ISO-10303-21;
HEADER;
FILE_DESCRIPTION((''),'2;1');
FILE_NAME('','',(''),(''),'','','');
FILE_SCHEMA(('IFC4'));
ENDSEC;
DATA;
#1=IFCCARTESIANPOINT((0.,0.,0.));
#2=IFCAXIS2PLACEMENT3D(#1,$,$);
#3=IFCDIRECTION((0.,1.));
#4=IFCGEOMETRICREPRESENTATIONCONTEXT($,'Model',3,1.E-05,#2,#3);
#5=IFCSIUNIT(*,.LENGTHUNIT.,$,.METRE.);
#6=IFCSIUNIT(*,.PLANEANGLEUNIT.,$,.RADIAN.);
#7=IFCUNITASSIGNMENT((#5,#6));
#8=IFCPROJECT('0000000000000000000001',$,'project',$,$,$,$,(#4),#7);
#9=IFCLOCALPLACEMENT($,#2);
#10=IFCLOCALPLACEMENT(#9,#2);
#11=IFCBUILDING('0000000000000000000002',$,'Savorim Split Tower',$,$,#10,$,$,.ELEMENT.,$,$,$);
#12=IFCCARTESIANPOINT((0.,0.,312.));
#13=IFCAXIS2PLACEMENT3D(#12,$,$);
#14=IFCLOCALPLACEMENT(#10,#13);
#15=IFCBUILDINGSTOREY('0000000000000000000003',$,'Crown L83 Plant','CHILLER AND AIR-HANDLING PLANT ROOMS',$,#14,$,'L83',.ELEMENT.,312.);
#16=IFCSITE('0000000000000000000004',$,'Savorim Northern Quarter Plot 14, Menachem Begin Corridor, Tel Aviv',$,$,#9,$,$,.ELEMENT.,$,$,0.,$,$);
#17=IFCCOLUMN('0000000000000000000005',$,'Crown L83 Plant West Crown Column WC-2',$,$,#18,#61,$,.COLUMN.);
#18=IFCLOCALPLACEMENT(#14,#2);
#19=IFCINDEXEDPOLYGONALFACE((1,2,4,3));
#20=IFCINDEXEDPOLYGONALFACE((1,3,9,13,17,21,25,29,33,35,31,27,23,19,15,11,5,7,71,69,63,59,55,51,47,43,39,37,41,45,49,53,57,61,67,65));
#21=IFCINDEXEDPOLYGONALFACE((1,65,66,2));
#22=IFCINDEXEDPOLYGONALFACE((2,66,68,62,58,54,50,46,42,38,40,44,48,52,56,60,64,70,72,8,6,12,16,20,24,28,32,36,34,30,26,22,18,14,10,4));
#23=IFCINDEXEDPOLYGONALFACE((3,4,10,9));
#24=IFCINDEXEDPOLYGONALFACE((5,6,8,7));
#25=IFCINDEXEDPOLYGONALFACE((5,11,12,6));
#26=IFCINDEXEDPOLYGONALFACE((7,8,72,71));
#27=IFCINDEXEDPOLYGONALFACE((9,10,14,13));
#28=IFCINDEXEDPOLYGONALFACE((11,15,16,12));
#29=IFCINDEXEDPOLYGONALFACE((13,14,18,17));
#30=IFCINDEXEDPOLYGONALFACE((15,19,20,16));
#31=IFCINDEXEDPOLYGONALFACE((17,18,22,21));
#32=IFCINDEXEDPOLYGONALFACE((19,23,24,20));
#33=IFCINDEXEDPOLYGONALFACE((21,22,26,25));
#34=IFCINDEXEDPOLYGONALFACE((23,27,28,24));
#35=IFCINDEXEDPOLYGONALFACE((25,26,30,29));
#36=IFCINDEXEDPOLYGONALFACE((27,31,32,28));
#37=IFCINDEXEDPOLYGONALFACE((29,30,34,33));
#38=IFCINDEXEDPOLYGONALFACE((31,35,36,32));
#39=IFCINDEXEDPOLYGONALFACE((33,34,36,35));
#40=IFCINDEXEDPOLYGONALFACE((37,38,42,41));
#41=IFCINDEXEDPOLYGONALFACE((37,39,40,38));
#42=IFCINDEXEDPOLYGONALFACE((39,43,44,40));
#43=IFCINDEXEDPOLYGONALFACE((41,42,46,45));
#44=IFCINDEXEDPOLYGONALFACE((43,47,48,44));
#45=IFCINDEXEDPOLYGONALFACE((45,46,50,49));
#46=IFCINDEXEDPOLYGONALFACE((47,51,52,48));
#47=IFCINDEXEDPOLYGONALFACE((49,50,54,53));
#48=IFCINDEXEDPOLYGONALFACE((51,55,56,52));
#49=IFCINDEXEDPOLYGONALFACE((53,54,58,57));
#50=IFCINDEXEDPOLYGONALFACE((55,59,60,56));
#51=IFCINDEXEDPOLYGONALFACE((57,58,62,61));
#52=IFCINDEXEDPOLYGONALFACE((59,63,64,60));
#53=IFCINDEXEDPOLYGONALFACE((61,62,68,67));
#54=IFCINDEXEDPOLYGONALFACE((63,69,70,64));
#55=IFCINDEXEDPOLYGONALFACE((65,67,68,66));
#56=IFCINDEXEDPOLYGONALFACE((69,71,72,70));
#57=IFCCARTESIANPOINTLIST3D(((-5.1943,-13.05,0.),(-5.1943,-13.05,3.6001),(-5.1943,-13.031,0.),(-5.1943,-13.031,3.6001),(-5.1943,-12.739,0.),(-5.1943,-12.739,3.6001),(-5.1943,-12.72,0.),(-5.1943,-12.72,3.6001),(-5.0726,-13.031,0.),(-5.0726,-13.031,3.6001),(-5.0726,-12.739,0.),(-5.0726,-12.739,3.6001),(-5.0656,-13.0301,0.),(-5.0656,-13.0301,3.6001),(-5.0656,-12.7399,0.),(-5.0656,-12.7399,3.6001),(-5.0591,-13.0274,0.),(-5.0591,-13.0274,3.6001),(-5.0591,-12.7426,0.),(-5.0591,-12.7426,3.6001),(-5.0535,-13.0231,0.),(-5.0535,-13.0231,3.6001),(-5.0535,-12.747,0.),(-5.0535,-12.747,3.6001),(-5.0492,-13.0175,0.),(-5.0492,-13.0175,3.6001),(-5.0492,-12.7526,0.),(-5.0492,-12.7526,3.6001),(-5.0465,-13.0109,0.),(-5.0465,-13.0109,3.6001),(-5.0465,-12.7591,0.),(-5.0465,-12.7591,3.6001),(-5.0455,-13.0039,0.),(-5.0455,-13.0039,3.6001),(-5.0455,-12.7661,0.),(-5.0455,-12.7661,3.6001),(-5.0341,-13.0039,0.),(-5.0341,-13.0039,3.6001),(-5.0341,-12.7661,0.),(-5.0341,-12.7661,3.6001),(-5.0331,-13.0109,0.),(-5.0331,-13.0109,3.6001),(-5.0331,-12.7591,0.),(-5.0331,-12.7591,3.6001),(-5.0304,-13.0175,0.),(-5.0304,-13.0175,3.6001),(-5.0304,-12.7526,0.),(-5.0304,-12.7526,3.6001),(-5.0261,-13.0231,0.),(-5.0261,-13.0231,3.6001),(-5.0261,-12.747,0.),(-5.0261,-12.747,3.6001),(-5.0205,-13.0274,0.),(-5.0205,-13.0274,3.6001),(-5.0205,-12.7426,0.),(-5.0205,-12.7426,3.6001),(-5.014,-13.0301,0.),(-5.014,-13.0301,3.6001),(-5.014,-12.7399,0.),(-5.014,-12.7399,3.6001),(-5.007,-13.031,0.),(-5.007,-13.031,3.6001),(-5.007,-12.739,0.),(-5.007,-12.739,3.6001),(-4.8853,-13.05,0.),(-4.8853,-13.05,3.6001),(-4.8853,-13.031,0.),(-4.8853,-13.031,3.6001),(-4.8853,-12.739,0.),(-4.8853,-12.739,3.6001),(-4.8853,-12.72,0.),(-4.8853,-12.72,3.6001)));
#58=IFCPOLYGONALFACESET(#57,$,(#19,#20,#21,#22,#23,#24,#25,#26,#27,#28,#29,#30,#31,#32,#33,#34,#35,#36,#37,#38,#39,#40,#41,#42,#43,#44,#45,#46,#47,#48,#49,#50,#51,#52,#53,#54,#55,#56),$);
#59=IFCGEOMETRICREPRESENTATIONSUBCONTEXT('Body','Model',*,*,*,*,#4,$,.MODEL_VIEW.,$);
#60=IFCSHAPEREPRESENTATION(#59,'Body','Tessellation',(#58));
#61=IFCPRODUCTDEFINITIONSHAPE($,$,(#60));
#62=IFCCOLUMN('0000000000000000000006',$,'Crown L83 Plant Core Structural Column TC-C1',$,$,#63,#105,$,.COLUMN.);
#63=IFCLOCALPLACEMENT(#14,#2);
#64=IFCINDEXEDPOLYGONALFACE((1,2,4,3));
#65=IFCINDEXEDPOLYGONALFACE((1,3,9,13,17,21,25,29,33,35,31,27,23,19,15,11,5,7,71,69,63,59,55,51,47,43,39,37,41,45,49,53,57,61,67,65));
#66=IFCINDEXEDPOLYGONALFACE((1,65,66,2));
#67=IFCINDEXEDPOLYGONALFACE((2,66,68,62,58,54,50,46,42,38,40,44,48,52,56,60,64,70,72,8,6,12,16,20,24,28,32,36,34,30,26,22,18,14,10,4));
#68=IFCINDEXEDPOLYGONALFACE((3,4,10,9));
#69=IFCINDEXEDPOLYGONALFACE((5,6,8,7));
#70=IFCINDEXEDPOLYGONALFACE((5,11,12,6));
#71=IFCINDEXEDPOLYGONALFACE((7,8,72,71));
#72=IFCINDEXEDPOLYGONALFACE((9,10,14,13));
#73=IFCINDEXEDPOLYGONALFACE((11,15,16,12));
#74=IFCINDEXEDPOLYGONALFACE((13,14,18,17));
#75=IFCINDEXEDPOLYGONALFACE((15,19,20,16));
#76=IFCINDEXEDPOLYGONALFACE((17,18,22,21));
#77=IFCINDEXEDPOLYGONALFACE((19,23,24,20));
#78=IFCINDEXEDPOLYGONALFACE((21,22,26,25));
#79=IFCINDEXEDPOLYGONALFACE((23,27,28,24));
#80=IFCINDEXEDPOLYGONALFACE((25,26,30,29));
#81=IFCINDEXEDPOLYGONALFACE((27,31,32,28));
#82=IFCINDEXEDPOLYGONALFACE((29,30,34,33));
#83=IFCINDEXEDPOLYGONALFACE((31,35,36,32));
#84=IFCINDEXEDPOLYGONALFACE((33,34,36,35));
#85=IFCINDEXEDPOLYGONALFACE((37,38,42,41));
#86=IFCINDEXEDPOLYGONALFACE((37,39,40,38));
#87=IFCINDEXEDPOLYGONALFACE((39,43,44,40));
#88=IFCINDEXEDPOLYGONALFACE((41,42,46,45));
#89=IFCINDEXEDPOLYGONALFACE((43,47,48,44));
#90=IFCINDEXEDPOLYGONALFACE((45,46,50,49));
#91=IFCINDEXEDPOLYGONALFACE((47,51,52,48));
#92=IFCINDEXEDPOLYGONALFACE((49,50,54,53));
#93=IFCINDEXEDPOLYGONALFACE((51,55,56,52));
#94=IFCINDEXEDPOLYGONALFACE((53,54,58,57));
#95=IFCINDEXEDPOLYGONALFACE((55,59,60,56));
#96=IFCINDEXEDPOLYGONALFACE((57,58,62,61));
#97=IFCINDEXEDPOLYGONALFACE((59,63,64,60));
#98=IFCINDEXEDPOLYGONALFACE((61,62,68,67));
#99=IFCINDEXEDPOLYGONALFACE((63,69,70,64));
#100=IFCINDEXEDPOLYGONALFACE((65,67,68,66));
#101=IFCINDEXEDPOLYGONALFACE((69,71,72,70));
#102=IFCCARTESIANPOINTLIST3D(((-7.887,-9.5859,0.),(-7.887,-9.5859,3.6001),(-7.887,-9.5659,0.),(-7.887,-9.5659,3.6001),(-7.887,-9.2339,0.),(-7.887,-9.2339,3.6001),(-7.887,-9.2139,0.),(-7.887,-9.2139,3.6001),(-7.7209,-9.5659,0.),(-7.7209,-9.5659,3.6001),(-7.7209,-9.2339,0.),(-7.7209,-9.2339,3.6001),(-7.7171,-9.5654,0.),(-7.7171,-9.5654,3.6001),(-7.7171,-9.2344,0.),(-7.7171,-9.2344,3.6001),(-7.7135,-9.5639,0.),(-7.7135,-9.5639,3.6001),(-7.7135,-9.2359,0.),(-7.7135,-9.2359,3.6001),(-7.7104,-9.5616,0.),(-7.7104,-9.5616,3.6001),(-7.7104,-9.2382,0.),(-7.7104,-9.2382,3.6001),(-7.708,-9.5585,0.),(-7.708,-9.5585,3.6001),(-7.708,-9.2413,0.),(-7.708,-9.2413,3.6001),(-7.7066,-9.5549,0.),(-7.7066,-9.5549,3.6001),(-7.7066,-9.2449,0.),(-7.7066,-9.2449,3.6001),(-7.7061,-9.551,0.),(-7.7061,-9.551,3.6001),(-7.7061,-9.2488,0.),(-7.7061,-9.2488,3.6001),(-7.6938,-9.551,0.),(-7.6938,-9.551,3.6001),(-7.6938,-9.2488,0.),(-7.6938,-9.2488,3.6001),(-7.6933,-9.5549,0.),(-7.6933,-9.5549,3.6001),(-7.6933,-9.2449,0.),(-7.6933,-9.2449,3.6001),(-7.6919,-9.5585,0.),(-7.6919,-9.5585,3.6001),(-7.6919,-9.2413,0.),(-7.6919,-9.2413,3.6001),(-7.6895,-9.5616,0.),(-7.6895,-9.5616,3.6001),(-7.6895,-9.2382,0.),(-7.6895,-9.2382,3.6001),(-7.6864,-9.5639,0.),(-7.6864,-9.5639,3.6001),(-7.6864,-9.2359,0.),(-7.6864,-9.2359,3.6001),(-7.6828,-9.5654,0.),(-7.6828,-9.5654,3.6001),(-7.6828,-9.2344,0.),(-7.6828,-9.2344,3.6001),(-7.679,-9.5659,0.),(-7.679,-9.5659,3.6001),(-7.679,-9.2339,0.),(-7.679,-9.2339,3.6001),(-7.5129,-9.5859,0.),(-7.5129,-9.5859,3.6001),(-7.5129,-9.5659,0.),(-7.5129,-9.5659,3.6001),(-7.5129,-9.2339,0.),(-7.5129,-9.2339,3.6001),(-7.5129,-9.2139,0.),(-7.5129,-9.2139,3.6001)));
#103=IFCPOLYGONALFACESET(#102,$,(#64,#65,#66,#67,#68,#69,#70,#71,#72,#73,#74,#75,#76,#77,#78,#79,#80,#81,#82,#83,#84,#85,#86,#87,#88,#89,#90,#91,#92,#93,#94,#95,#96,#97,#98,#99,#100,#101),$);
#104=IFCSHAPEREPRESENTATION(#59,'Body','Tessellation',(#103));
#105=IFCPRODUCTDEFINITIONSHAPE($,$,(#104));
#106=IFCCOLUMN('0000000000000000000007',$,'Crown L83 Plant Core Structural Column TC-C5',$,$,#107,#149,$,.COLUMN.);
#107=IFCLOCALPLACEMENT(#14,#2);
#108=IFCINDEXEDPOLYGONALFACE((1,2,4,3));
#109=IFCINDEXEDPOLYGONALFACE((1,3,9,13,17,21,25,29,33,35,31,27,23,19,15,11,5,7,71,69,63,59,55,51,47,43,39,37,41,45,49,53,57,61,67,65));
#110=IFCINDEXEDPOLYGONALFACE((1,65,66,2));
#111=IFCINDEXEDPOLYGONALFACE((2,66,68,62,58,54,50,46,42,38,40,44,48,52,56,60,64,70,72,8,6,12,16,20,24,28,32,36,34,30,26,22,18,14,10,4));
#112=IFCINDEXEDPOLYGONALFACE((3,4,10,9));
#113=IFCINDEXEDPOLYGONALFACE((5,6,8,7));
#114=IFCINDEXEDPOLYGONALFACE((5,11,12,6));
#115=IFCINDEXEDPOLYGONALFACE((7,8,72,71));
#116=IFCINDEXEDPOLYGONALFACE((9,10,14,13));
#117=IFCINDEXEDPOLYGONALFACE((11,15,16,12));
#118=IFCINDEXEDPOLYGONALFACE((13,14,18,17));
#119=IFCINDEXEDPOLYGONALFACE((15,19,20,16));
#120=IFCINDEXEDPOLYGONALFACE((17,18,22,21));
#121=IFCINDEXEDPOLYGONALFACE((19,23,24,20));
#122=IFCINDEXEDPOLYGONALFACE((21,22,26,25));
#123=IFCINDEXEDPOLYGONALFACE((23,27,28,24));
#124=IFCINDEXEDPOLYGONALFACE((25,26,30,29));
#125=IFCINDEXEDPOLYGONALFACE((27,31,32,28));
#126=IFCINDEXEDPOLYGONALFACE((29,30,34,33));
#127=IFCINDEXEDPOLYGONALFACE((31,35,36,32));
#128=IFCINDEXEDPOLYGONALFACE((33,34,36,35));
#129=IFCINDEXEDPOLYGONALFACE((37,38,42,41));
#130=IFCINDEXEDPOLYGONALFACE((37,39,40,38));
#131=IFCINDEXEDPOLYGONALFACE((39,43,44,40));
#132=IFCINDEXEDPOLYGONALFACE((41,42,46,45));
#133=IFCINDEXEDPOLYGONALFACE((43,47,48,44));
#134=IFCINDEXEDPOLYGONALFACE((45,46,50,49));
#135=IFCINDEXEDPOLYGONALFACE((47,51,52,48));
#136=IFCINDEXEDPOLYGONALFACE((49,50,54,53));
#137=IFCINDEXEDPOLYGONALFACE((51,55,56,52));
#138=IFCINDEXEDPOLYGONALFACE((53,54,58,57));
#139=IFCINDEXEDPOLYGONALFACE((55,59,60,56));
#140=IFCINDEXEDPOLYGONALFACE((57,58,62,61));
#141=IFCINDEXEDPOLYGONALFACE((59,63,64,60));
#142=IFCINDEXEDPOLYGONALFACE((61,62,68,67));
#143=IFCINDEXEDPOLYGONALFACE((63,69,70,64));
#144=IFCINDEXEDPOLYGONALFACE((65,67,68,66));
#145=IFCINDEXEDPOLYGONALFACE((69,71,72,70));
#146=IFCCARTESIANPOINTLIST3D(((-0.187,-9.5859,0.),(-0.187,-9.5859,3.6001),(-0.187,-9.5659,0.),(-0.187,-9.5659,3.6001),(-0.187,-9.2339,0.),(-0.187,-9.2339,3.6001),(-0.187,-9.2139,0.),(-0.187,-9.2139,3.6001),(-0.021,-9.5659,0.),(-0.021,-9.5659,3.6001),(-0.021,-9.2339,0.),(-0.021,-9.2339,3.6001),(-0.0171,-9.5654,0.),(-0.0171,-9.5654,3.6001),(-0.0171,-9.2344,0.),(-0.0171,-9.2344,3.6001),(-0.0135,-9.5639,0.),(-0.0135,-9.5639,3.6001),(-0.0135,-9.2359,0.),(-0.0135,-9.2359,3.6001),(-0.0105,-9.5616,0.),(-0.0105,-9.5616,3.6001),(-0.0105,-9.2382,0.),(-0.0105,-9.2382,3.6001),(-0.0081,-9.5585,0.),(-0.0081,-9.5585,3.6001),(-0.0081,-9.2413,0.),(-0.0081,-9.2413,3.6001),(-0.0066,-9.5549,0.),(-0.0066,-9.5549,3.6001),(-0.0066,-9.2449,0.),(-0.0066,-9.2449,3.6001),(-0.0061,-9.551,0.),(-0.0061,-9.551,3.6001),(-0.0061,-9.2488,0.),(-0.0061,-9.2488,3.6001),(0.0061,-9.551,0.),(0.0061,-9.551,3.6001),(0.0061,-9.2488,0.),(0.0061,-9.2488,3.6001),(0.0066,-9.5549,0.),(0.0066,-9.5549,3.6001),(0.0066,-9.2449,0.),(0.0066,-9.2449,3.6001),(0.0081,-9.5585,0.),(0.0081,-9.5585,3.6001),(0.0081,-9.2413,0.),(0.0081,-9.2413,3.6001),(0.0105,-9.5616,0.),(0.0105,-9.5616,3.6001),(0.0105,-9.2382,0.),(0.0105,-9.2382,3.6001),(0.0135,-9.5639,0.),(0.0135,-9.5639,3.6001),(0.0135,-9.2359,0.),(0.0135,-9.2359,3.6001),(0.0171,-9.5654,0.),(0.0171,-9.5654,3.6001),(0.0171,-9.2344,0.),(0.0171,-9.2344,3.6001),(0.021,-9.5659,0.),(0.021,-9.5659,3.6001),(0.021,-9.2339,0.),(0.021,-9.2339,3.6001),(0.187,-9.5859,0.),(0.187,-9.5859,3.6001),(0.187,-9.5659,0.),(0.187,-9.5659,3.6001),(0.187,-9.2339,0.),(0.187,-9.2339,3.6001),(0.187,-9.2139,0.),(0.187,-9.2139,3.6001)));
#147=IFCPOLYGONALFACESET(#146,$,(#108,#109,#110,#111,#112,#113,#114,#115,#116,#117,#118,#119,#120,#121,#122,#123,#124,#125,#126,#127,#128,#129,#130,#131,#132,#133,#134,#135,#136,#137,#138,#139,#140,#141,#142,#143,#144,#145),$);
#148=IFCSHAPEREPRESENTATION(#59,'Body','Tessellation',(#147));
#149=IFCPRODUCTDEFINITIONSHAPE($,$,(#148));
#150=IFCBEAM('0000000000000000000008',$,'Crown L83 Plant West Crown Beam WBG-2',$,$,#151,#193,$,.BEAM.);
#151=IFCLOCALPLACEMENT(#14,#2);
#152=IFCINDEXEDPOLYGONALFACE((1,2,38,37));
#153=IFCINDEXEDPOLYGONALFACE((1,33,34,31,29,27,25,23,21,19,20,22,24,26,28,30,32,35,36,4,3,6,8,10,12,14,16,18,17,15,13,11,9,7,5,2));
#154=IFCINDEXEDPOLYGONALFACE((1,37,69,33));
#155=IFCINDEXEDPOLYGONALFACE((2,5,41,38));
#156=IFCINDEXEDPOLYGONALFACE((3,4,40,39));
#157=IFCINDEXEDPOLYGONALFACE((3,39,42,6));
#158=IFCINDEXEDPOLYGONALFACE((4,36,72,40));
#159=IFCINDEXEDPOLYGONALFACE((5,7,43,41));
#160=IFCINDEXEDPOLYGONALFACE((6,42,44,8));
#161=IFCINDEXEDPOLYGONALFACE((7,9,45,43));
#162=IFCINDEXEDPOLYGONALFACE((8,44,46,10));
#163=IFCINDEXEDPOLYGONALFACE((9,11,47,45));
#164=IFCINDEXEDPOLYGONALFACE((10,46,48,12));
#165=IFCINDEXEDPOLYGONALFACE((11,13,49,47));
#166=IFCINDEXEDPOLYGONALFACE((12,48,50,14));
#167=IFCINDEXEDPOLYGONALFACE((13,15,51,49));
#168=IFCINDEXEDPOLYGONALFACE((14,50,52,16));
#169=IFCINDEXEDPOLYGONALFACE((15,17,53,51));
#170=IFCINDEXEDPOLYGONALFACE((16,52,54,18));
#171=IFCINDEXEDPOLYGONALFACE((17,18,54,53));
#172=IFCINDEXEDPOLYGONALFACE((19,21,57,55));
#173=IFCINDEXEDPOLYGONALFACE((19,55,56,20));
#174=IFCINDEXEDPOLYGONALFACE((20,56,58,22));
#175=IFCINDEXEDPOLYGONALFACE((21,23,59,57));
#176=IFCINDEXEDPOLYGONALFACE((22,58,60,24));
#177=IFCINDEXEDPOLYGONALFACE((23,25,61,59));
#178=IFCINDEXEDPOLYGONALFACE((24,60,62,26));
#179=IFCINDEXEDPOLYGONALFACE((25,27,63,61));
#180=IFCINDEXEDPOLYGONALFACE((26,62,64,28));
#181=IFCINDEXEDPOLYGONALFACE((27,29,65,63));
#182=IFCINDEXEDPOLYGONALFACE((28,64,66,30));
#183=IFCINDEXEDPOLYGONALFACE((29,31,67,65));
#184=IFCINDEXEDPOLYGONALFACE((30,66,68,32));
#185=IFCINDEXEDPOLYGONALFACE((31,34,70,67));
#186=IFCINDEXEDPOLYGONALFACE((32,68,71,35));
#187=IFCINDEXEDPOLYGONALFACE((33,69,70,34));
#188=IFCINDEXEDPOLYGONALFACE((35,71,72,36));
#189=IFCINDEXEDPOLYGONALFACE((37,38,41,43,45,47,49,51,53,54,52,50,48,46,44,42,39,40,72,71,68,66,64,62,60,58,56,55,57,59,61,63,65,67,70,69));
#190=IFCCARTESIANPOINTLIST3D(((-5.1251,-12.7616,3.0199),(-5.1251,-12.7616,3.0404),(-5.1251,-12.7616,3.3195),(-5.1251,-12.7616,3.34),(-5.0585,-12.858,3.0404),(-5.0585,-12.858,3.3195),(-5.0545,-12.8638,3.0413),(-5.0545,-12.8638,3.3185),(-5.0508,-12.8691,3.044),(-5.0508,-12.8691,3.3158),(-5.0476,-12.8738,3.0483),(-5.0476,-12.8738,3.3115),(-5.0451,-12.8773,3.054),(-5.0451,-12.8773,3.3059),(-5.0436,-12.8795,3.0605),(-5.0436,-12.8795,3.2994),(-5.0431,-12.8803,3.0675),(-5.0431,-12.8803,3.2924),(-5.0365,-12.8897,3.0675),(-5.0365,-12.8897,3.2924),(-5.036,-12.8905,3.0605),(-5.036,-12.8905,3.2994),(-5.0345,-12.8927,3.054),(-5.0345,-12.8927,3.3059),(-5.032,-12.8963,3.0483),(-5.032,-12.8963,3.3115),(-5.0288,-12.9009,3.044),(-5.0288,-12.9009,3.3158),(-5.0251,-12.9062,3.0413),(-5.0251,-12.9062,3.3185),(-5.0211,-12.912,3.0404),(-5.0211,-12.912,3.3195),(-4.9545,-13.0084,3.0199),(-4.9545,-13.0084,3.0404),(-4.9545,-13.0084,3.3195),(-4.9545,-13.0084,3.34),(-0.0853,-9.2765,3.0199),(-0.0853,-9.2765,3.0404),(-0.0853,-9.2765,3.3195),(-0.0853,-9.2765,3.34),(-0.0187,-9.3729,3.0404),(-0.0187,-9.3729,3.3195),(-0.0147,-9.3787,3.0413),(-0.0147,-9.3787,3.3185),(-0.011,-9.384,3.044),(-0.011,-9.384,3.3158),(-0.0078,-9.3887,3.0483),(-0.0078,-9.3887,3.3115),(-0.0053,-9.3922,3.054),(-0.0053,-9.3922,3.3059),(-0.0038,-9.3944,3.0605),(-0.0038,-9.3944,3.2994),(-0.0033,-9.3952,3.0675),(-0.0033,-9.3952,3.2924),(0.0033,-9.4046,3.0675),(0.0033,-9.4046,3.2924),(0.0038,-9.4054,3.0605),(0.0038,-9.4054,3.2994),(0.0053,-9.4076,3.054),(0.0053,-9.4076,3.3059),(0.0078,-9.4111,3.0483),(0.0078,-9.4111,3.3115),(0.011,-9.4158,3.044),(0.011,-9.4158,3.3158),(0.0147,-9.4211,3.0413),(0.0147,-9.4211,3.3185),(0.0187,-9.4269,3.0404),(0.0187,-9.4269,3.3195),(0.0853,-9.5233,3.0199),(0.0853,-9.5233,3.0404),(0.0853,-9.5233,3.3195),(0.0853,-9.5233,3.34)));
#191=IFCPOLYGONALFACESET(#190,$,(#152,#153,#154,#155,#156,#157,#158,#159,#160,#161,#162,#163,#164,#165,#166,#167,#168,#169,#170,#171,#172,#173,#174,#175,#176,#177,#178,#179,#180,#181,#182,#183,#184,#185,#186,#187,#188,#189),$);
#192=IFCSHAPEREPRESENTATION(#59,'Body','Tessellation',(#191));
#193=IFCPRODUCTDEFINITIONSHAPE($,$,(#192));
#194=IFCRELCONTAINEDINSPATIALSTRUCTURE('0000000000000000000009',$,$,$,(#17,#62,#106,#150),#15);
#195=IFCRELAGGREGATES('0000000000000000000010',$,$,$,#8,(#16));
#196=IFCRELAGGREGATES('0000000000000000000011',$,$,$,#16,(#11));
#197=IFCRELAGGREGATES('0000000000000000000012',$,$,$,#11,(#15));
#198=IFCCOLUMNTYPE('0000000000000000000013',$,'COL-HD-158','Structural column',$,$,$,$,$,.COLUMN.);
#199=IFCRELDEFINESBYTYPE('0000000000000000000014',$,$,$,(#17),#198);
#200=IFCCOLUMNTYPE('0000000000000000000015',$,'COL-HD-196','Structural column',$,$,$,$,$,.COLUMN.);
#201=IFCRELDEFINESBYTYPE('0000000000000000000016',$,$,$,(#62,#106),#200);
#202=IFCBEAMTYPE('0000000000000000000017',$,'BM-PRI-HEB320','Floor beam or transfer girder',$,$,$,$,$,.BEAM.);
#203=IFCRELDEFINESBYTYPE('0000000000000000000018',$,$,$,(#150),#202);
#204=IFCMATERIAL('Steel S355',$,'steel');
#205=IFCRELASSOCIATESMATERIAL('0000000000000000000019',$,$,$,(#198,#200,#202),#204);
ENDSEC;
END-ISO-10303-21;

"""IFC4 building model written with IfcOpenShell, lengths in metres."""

from ifc_helpers import new_model, si_unit, direction, frame, origin, origin_2d, place, context, subcontext, project, spatial, i_section, extrude, material, material_profile, profile_set, type_object, element, save


model = new_model("IFC4")

# Units and contexts
model_context = context("Model", 3, precision=1e-05, world=origin(), true_north=direction((0.0, 1.0)))
body_context = subcontext(model_context, "Body", "Model", "MODEL_VIEW")
ifc_project = project(units=[si_unit("LENGTHUNIT", "METRE"), si_unit("PLANEANGLEUNIT", "RADIAN")], contexts=[model_context])

# Site, building, storey
site_placement = place(None, origin())
site = spatial("IfcSite", under=ifc_project, at=site_placement, Name="Savorim Northern Quarter Plot 14, Menachem Begin Corridor, Tel Aviv", CompositionType="ELEMENT", RefElevation=0.0)
building_placement = place(site_placement, origin())
building = spatial("IfcBuilding", under=site, at=building_placement, Name="Savorim Split Tower", CompositionType="ELEMENT")
storey_placement = place(building_placement, frame((0.0, 0.0, 312.0)))
storey = spatial("IfcBuildingStorey", under=building, at=storey_placement, Name="Crown L83 Plant", Description="CHILLER AND AIR-HANDLING PLANT ROOMS", LongName="L83", CompositionType="ELEMENT", Elevation=312.0)

# Columns
ifc_material_1 = material(Name="Steel S355", Category="steel")
ifc_material_profile_1 = material_profile(ifc_material_1, i_section(OverallWidth=0.3091, OverallDepth=0.3301, WebThickness=0.0115, FlangeThickness=0.019, FilletRadius=0.0271, at=origin_2d()), Name="HD 320x158")
ifc_profile_set_1 = profile_set([ifc_material_profile_1], Name="Steel S355")
column_type_1 = type_object("IfcColumnType", Name="COL-HD-158", Description="Structural column", PredefinedType="COLUMN", material=ifc_profile_set_1)
column_placement = place(storey_placement, frame((-5.0398, -12.885, 0.0), z_axis=(0.0, 0.0, 1.0), x_axis=(1.0, 0.0, 0.0)))
element("IfcColumn", 1, at=column_placement, inside=storey, type_object=column_type_1, Name="Crown L83 Plant West Crown Column WC-2", PredefinedType="COLUMN", context=body_context, shape_type="SweptSolid", body=[
    extrude(i_section(OverallWidth=0.3091, OverallDepth=0.3301, WebThickness=0.0115, FlangeThickness=0.019, FilletRadius=0.0271, at=origin_2d()), origin(), (0.0, 0.0, 1.0), 3.6001),
])
ifc_material_profile_2 = material_profile(ifc_material_1, i_section(OverallWidth=0.374, OverallDepth=0.3721, WebThickness=0.0122, FlangeThickness=0.02, FilletRadius=0.0149, at=origin_2d()), Name="HD 360x196")
ifc_profile_set_2 = profile_set([ifc_material_profile_2], Name="Steel S355")
column_type_2 = type_object("IfcColumnType", Name="COL-HD-196", Description="Structural column", PredefinedType="COLUMN", material=ifc_profile_set_2)
for number, where, z_axis, x_axis, name in (
    (2, (-7.7, -9.3999, 0.0), (0.0, 0.0, 1.0), (1.0, 0.0, 0.0), "Crown L83 Plant Core Structural Column TC-C1"),
    (3, (0.0, -9.3999, 0.0), (0.0, 0.0, 1.0), (1.0, 0.0, 0.0), "Crown L83 Plant Core Structural Column TC-C5"),
):
    element("IfcColumn", number, at=place(storey_placement, frame(where, z_axis=z_axis, x_axis=x_axis)), inside=storey, type_object=column_type_2, Name=name, PredefinedType="COLUMN", context=body_context, shape_type="SweptSolid", body=[
        extrude(i_section(OverallWidth=0.374, OverallDepth=0.3721, WebThickness=0.0122, FlangeThickness=0.02, FilletRadius=0.0149, at=origin_2d()), origin(), (0.0, 0.0, 1.0), 3.6001),
    ])

# Beam
ifc_material_profile_3 = material_profile(ifc_material_1, i_section(OverallWidth=0.3, OverallDepth=0.3201, WebThickness=0.0115, FlangeThickness=0.0205, FilletRadius=0.0271, at=origin_2d()), Name="HEB 320")
ifc_profile_set_3 = profile_set([ifc_material_profile_3], Name="Steel S355")
beam_type = type_object("IfcBeamType", Name="BM-PRI-HEB320", Description="Floor beam or transfer girder", PredefinedType="BEAM", material=ifc_profile_set_3)
beam_placement = place(storey_placement, frame((-5.0398, -12.885, 3.1799), z_axis=(0.822496, 0.568771, 0.0), x_axis=(-0.568771, 0.822496, 0.0)))
element("IfcBeam", 4, at=beam_placement, inside=storey, type_object=beam_type, Name="Crown L83 Plant West Crown Beam WBG-2", PredefinedType="BEAM", context=body_context, shape_type="SweptSolid", body=[
    extrude(i_section(OverallWidth=0.3, OverallDepth=0.3201, WebThickness=0.0115, FlangeThickness=0.0205, FilletRadius=0.0271, at=origin_2d()), origin(), (0.0, 0.0, 1.0), 6.1274),
])

save(model, "model.ifc")
